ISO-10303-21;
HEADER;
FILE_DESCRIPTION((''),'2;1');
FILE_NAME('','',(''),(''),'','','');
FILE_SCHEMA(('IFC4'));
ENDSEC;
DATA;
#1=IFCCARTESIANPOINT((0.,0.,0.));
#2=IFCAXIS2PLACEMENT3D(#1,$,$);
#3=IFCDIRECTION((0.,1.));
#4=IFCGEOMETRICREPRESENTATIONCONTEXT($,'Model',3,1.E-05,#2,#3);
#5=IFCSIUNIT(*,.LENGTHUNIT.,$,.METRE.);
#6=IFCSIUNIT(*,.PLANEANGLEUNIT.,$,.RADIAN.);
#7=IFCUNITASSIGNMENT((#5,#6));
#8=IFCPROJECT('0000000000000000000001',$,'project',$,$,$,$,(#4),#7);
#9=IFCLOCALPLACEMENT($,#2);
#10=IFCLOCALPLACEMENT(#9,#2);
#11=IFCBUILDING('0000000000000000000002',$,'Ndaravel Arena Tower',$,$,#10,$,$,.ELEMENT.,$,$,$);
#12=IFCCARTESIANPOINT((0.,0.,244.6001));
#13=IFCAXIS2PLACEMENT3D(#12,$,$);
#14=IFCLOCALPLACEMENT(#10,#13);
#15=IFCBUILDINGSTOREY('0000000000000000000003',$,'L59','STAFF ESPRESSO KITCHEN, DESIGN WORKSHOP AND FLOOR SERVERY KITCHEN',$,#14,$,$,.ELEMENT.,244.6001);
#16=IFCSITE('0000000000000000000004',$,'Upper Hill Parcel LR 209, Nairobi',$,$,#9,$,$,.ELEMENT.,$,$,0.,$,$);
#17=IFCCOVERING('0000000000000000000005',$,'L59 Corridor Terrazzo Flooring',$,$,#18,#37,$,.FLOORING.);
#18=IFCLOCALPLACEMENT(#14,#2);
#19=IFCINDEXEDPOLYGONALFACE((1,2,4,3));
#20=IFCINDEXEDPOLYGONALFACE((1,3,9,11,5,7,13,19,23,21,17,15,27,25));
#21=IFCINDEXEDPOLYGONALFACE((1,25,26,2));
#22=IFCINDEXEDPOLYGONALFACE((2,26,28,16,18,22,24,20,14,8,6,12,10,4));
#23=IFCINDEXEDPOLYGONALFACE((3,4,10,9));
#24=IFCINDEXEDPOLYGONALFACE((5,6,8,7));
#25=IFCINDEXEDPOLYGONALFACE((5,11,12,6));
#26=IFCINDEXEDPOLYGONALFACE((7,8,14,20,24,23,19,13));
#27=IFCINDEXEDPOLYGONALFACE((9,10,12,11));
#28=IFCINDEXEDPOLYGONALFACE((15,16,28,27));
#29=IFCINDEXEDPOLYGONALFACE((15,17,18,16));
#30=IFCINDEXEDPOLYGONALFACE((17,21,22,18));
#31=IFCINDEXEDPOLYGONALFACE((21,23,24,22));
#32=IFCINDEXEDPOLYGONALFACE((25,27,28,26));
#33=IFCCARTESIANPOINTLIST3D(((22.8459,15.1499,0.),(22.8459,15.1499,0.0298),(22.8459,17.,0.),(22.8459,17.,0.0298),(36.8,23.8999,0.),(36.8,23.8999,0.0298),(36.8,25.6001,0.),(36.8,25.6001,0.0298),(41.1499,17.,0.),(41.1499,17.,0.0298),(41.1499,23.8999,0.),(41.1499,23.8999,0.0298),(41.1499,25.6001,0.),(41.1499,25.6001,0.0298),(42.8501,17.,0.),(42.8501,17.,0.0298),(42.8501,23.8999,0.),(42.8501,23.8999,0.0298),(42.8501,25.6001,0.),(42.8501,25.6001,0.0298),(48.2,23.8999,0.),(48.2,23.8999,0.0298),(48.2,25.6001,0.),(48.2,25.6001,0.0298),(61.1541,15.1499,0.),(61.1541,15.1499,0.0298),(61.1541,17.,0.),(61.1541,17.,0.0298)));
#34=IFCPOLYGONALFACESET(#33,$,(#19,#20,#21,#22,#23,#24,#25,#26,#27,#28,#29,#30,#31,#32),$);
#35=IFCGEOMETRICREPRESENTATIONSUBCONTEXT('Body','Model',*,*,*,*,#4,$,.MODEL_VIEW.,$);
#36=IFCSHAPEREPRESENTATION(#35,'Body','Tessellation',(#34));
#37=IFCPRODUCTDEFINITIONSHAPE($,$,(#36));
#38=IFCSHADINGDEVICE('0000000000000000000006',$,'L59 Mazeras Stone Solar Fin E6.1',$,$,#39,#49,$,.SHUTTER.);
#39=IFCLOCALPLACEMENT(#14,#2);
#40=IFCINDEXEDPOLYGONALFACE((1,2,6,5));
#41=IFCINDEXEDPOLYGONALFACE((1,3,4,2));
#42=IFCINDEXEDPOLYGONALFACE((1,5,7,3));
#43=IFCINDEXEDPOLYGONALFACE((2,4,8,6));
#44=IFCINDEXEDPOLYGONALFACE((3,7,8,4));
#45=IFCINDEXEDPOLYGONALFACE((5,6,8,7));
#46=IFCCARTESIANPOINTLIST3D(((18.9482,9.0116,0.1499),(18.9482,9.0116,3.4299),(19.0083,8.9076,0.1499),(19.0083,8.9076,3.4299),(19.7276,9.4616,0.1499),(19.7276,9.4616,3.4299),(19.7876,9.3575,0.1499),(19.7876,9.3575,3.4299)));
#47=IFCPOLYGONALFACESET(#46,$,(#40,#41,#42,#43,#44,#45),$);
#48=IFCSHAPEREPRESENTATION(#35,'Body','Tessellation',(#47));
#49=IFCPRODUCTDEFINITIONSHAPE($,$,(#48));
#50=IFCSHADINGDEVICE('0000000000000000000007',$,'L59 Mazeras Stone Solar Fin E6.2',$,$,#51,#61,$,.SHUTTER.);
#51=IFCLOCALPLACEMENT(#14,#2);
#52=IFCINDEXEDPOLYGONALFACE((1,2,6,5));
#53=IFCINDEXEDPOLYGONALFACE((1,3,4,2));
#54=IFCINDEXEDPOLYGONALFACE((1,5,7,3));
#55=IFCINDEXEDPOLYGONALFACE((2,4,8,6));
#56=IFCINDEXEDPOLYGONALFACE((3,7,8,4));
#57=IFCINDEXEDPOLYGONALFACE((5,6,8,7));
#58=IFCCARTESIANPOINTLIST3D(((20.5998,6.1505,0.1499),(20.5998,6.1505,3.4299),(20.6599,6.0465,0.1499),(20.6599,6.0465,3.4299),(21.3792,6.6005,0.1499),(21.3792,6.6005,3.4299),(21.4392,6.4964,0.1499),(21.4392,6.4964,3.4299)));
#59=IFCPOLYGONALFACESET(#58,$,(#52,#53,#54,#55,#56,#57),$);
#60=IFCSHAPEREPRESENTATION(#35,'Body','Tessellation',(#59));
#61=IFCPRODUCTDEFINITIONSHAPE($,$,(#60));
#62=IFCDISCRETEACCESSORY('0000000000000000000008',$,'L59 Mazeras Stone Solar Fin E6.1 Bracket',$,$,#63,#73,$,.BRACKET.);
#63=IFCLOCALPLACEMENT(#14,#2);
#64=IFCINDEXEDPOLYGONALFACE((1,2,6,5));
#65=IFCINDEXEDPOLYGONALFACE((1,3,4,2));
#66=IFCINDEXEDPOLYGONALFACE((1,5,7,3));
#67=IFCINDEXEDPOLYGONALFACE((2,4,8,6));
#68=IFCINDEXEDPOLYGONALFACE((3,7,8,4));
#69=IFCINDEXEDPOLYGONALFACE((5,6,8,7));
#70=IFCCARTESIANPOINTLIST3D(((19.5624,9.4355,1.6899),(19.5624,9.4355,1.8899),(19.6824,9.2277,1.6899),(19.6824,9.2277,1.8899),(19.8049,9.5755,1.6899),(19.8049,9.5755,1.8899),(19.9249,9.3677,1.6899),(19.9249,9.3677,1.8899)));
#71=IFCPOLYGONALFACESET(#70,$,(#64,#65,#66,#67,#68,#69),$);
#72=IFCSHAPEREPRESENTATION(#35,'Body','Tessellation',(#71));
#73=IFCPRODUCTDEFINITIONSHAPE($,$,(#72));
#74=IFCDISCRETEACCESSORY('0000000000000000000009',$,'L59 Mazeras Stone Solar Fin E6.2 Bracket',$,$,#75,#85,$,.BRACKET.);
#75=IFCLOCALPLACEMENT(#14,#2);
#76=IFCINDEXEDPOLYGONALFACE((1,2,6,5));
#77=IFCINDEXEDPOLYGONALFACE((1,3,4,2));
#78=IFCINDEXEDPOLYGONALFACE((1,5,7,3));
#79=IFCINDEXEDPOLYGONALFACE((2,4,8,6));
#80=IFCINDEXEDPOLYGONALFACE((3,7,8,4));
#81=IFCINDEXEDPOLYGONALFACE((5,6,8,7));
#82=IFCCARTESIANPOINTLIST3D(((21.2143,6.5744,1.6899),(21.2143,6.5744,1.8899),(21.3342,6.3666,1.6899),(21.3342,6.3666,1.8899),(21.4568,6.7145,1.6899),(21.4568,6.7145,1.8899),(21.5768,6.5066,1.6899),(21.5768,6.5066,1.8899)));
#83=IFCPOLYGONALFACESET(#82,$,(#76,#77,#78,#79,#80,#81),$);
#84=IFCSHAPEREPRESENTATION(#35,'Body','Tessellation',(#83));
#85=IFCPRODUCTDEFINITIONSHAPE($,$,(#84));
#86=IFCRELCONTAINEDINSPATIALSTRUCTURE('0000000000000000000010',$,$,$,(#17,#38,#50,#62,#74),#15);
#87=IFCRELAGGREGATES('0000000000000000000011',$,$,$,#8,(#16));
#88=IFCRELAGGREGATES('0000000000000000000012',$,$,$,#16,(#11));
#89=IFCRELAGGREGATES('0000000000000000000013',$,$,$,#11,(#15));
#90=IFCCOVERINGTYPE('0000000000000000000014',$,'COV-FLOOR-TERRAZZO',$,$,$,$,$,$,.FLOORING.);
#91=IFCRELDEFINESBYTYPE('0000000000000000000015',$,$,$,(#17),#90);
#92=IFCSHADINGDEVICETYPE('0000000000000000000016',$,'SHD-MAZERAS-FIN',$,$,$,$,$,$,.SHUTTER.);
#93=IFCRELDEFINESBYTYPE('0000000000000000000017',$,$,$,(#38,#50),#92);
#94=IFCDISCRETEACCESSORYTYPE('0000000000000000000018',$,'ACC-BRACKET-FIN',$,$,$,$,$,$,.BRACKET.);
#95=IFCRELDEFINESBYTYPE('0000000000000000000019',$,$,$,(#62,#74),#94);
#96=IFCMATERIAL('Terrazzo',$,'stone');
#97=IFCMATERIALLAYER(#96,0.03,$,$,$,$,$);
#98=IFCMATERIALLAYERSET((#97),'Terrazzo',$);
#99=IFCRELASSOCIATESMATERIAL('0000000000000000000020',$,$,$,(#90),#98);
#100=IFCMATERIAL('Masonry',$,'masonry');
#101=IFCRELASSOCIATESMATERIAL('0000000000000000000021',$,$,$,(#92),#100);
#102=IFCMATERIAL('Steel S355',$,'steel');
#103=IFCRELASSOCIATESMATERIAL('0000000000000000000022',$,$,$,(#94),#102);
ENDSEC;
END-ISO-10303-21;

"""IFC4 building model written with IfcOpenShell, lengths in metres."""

from ifc_helpers import new_model, si_unit, direction, frame, origin, origin_2d, place, context, subcontext, project, spatial, polyline, rectangle, outline, extrude, material, layer, layer_set, type_object, element, save


model = new_model("IFC4")

# Units and contexts
model_context = context("Model", 3, precision=1e-05, world=origin(), true_north=direction((0.0, 1.0)))
body_context = subcontext(model_context, "Body", "Model", "MODEL_VIEW")
ifc_project = project(units=[si_unit("LENGTHUNIT", "METRE"), si_unit("PLANEANGLEUNIT", "RADIAN")], contexts=[model_context])

# Site, building, storey
site_placement = place(None, origin())
site = spatial("IfcSite", under=ifc_project, at=site_placement, Name="Upper Hill Parcel LR 209, Nairobi", CompositionType="ELEMENT", RefElevation=0.0)
building_placement = place(site_placement, origin())
building = spatial("IfcBuilding", under=site, at=building_placement, Name="Ndaravel Arena Tower", CompositionType="ELEMENT")
storey_placement = place(building_placement, frame((0.0, 0.0, 244.6001)))
storey = spatial("IfcBuildingStorey", under=building, at=storey_placement, Name="L59", Description="STAFF ESPRESSO KITCHEN, DESIGN WORKSHOP AND FLOOR SERVERY KITCHEN", CompositionType="ELEMENT", Elevation=244.6001)

# Covering
ifc_material_1 = material(Name="Terrazzo", Category="stone")
ifc_layer_1 = layer(ifc_material_1, 0.03)
ifc_layer_set_1 = layer_set([ifc_layer_1], Name="Terrazzo")
covering_type_1 = type_object("IfcCoveringType", Name="COV-FLOOR-TERRAZZO", PredefinedType="FLOORING", material=ifc_layer_set_1)
covering_1_placement = place(storey_placement, origin())
element("IfcCovering", 1, at=covering_1_placement, inside=storey, type_object=covering_type_1, Name="L59 Corridor Terrazzo Flooring", PredefinedType="FLOORING", context=body_context, shape_type="SweptSolid", body=[
    extrude(outline(polyline([(61.1541, 17.0), (42.8501, 17.0), (42.8501, 23.8999), (48.2, 23.8999), (48.2, 25.6001), (42.8501, 25.6001), (41.1499, 25.6001), (36.8, 25.6001), (36.8, 23.8999), (41.1499, 23.8999), (41.1499, 17.0), (22.8459, 17.0), (22.8459, 15.1499), (61.1541, 15.1499), (61.1541, 17.0)])), origin(), (0.0, 0.0, 1.0), 0.0298),
])

# Shading devices
ifc_material_2 = material(Name="Masonry", Category="masonry")
shading_device_type = type_object("IfcShadingDeviceType", Name="SHD-MAZERAS-FIN", PredefinedType="SHUTTER", material=ifc_material_2)
for number, where, z_axis, x_axis, name in (
    (2, (19.3679, 9.1846, 0.1499), (0.0, 0.0, 1.0), (-0.866025, -0.5, 0.0), "L59 Mazeras Stone Solar Fin E6.1"),
    (3, (21.0195, 6.3235, 0.1499), (0.0, 0.0, 1.0), (-0.866025, -0.5, 0.0), "L59 Mazeras Stone Solar Fin E6.2"),
):
    element("IfcShadingDevice", number, at=place(storey_placement, frame(where, z_axis=z_axis, x_axis=x_axis)), inside=storey, type_object=shading_device_type, Name=name, PredefinedType="SHUTTER", context=body_context, shape_type="SweptSolid", body=[
        extrude(rectangle(XDim=0.8999, YDim=0.1201, at=origin_2d()), origin(), (0.0, 0.0, 1.0), 3.28),
    ])

# Discrete accessories
ifc_material_3 = material(Name="Steel S355", Category="steel")
discrete_accessory_type = type_object("IfcDiscreteAccessoryType", Name="ACC-BRACKET-FIN", PredefinedType="BRACKET", material=ifc_material_3)
for number, where, z_axis, x_axis, name in (
    (4, (19.7437, 9.4016, 1.6899), (0.0, 0.0, 1.0), (-0.866025, -0.5, 0.0), "L59 Mazeras Stone Solar Fin E6.1 Bracket"),
    (5, (21.3955, 6.5405, 1.6899), (0.0, 0.0, 1.0), (-0.866025, -0.5, 0.0), "L59 Mazeras Stone Solar Fin E6.2 Bracket"),
):
    element("IfcDiscreteAccessory", number, at=place(storey_placement, frame(where, z_axis=z_axis, x_axis=x_axis)), inside=storey, type_object=discrete_accessory_type, Name=name, PredefinedType="BRACKET", context=body_context, shape_type="SweptSolid", body=[
        extrude(rectangle(XDim=0.28, YDim=0.24, at=origin_2d()), origin(), (0.0, 0.0, 1.0), 0.2),
    ])

save(model, "model.ifc")
